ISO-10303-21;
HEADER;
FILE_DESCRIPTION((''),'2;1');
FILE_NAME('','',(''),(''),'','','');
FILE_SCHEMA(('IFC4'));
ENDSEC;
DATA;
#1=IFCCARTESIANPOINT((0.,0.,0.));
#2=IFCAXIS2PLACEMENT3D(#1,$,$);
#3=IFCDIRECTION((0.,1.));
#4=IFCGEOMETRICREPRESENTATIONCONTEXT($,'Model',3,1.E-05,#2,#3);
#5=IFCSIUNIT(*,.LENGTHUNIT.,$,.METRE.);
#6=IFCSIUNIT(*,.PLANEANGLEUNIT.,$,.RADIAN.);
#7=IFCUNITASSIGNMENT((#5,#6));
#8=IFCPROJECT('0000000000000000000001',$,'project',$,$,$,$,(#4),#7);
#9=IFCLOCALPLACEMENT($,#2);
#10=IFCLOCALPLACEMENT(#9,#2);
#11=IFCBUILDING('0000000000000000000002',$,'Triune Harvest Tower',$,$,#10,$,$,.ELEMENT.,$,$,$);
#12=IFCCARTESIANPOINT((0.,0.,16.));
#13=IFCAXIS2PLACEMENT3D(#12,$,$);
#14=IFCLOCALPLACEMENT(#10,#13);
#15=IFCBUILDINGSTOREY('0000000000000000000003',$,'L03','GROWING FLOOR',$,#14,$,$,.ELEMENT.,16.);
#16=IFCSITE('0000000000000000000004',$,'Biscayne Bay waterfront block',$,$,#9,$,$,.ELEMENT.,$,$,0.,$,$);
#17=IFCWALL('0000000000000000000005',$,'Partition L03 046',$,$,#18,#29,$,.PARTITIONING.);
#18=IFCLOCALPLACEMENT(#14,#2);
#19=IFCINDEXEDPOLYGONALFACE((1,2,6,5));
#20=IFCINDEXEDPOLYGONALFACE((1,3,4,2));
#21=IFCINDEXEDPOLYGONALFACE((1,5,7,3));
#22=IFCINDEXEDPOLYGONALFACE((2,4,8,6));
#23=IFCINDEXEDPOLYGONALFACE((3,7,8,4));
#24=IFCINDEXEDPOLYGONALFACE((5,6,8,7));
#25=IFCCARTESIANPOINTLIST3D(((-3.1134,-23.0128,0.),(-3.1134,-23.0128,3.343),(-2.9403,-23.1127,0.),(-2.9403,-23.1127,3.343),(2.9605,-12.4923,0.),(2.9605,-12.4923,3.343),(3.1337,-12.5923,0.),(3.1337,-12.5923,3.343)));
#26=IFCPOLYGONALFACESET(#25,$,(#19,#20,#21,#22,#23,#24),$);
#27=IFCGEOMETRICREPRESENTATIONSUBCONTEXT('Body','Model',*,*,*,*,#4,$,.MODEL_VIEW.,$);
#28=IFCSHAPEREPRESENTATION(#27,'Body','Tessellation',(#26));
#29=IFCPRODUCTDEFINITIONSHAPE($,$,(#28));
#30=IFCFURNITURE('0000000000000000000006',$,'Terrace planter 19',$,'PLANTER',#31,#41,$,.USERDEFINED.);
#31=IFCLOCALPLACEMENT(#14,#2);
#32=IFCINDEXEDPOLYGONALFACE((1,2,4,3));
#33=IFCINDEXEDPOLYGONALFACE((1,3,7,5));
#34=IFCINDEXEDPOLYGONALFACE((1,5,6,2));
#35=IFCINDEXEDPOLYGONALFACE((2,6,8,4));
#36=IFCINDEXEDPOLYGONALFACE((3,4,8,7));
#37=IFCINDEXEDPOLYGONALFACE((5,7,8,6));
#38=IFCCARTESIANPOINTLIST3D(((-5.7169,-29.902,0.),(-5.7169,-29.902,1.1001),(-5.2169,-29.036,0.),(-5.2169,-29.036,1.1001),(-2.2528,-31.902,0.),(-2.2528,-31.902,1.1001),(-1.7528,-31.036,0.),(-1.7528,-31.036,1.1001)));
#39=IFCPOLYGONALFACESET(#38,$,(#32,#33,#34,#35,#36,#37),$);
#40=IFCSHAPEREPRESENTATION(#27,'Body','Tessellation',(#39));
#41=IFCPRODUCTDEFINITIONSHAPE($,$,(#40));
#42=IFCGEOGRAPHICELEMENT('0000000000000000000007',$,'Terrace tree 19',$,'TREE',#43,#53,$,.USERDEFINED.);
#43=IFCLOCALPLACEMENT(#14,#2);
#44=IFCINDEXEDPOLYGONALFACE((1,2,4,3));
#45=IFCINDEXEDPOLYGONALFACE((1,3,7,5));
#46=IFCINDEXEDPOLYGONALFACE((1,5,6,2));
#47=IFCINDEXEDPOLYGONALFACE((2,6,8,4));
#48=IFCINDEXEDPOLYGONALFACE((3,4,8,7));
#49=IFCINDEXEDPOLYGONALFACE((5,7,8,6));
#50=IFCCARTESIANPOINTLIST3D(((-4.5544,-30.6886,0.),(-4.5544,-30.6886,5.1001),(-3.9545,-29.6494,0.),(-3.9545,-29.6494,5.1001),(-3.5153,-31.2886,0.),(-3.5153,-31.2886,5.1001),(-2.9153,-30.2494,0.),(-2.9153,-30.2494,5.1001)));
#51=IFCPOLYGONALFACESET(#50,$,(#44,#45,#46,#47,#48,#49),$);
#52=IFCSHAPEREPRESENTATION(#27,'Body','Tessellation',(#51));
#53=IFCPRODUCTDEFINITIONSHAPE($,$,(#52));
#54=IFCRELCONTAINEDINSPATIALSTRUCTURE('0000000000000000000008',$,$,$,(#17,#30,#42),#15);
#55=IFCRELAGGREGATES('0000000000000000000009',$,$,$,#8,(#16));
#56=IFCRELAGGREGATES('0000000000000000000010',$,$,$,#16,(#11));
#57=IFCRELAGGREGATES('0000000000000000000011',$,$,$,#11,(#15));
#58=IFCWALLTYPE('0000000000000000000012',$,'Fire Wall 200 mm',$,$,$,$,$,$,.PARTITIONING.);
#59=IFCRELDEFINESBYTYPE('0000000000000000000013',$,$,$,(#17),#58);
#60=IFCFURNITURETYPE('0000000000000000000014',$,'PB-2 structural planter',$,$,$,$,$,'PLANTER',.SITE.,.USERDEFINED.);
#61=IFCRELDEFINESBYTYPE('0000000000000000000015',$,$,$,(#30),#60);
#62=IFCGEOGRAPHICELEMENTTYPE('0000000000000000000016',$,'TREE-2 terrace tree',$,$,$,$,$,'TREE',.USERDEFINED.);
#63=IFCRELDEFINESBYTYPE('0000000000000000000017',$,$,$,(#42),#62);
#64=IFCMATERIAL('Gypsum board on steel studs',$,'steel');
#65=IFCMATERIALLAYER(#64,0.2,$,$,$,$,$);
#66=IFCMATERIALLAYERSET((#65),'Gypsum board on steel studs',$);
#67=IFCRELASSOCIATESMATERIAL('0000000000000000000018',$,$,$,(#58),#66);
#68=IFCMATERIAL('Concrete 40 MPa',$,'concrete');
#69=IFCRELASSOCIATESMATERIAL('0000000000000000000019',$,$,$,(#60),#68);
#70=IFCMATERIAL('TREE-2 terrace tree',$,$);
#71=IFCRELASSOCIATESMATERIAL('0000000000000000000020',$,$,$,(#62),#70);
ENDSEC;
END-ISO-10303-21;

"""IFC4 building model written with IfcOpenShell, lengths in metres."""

from ifc_helpers import new_model, si_unit, direction, frame, frame_2d, origin, origin_2d, place, context, subcontext, project, spatial, rectangle, extrude, source, transform, mapped, material, layer, layer_set, type_object, element, save


model = new_model("IFC4")

# Units and contexts
model_context = context("Model", 3, precision=1e-05, world=origin(), true_north=direction((0.0, 1.0)))
body_context = subcontext(model_context, "Body", "Model", "MODEL_VIEW")
ifc_project = project(units=[si_unit("LENGTHUNIT", "METRE"), si_unit("PLANEANGLEUNIT", "RADIAN")], contexts=[model_context])

# Site, building, storey
site_placement = place(None, origin())
site = spatial("IfcSite", under=ifc_project, at=site_placement, Name="Biscayne Bay waterfront block", CompositionType="ELEMENT", RefElevation=0.0)
building_placement = place(site_placement, origin())
building = spatial("IfcBuilding", under=site, at=building_placement, Name="Triune Harvest Tower", CompositionType="ELEMENT")
storey_placement = place(building_placement, frame((0.0, 0.0, 16.0)))
storey = spatial("IfcBuildingStorey", under=building, at=storey_placement, Name="L03", Description="GROWING FLOOR", CompositionType="ELEMENT", Elevation=16.0)

# Wall
ifc_material_1 = material(Name="Gypsum board on steel studs", Category="steel")
ifc_layer_1 = layer(ifc_material_1, 0.2)
ifc_layer_set_1 = layer_set([ifc_layer_1], Name="Gypsum board on steel studs")
wall_type_1 = type_object("IfcWallType", Name="Fire Wall 200 mm", PredefinedType="PARTITIONING", material=ifc_layer_set_1)
shared_shape_1 = source(origin(), body_context, "Body", "SweptSolid", [
    extrude(rectangle(XDim=12.1479, YDim=0.2, at=frame_2d((6.074, 0.0))), origin(), (0.0, 0.0, 1.0), 3.343),
])
wall_1_placement = place(storey_placement, frame((-3.0269, -23.0627, 0.0), z_axis=(0.0, 0.0, 1.0), x_axis=(0.499997, 0.866027, 0.0)))
element("IfcWall", 1, at=wall_1_placement, inside=storey, type_object=wall_type_1, Name="Partition L03 046", PredefinedType="PARTITIONING", context=body_context, shape_type="MappedRepresentation", body=[
    mapped(shared_shape_1, transform((0.0, 0.0, 0.0), scale=1.0)),
])

# Furniture
ifc_material_2 = material(Name="Concrete 40 MPa", Category="concrete")
furniture_type = type_object("IfcFurnitureType", Name="PB-2 structural planter", ElementType="PLANTER", AssemblyPlace="SITE", PredefinedType="USERDEFINED", material=ifc_material_2)
shared_shape_2 = source(origin(), body_context, "Body", "SweptSolid", [
    extrude(rectangle(XDim=4.0, YDim=1.0, at=origin_2d()), origin(), (0.0, 0.0, 1.0), 1.1001),
])
furniture_placement = place(storey_placement, frame((-3.7349, -30.469, 0.0), z_axis=(0.0, 0.0, 1.0), x_axis=(0.866025, -0.5, 0.0)))
element("IfcFurniture", 2, at=furniture_placement, inside=storey, type_object=furniture_type, Name="Terrace planter 19", ObjectType="PLANTER", PredefinedType="USERDEFINED", context=body_context, shape_type="MappedRepresentation", body=[
    mapped(shared_shape_2, transform((0.0, 0.0, 0.0), scale=1.0)),
])

# Geographic element
ifc_material_3 = material(Name="TREE-2 terrace tree")
geographic_element_type = type_object("IfcGeographicElementType", Name="TREE-2 terrace tree", ElementType="TREE", PredefinedType="USERDEFINED", material=ifc_material_3)
shared_shape_3 = source(origin(), body_context, "Body", "SweptSolid", [
    extrude(rectangle(XDim=1.2, YDim=1.2, at=origin_2d()), origin(), (0.0, 0.0, 1.0), 5.1001),
])
geographic_element_placement = place(storey_placement, frame((-3.7349, -30.469, 0.0), z_axis=(0.0, 0.0, 1.0), x_axis=(0.866025, -0.5, 0.0)))
element("IfcGeographicElement", 3, at=geographic_element_placement, inside=storey, type_object=geographic_element_type, Name="Terrace tree 19", ObjectType="TREE", PredefinedType="USERDEFINED", context=body_context, shape_type="MappedRepresentation", body=[
    mapped(shared_shape_3, transform((0.0, 0.0, 0.0), scale=1.0)),
])

save(model, "model.ifc")
